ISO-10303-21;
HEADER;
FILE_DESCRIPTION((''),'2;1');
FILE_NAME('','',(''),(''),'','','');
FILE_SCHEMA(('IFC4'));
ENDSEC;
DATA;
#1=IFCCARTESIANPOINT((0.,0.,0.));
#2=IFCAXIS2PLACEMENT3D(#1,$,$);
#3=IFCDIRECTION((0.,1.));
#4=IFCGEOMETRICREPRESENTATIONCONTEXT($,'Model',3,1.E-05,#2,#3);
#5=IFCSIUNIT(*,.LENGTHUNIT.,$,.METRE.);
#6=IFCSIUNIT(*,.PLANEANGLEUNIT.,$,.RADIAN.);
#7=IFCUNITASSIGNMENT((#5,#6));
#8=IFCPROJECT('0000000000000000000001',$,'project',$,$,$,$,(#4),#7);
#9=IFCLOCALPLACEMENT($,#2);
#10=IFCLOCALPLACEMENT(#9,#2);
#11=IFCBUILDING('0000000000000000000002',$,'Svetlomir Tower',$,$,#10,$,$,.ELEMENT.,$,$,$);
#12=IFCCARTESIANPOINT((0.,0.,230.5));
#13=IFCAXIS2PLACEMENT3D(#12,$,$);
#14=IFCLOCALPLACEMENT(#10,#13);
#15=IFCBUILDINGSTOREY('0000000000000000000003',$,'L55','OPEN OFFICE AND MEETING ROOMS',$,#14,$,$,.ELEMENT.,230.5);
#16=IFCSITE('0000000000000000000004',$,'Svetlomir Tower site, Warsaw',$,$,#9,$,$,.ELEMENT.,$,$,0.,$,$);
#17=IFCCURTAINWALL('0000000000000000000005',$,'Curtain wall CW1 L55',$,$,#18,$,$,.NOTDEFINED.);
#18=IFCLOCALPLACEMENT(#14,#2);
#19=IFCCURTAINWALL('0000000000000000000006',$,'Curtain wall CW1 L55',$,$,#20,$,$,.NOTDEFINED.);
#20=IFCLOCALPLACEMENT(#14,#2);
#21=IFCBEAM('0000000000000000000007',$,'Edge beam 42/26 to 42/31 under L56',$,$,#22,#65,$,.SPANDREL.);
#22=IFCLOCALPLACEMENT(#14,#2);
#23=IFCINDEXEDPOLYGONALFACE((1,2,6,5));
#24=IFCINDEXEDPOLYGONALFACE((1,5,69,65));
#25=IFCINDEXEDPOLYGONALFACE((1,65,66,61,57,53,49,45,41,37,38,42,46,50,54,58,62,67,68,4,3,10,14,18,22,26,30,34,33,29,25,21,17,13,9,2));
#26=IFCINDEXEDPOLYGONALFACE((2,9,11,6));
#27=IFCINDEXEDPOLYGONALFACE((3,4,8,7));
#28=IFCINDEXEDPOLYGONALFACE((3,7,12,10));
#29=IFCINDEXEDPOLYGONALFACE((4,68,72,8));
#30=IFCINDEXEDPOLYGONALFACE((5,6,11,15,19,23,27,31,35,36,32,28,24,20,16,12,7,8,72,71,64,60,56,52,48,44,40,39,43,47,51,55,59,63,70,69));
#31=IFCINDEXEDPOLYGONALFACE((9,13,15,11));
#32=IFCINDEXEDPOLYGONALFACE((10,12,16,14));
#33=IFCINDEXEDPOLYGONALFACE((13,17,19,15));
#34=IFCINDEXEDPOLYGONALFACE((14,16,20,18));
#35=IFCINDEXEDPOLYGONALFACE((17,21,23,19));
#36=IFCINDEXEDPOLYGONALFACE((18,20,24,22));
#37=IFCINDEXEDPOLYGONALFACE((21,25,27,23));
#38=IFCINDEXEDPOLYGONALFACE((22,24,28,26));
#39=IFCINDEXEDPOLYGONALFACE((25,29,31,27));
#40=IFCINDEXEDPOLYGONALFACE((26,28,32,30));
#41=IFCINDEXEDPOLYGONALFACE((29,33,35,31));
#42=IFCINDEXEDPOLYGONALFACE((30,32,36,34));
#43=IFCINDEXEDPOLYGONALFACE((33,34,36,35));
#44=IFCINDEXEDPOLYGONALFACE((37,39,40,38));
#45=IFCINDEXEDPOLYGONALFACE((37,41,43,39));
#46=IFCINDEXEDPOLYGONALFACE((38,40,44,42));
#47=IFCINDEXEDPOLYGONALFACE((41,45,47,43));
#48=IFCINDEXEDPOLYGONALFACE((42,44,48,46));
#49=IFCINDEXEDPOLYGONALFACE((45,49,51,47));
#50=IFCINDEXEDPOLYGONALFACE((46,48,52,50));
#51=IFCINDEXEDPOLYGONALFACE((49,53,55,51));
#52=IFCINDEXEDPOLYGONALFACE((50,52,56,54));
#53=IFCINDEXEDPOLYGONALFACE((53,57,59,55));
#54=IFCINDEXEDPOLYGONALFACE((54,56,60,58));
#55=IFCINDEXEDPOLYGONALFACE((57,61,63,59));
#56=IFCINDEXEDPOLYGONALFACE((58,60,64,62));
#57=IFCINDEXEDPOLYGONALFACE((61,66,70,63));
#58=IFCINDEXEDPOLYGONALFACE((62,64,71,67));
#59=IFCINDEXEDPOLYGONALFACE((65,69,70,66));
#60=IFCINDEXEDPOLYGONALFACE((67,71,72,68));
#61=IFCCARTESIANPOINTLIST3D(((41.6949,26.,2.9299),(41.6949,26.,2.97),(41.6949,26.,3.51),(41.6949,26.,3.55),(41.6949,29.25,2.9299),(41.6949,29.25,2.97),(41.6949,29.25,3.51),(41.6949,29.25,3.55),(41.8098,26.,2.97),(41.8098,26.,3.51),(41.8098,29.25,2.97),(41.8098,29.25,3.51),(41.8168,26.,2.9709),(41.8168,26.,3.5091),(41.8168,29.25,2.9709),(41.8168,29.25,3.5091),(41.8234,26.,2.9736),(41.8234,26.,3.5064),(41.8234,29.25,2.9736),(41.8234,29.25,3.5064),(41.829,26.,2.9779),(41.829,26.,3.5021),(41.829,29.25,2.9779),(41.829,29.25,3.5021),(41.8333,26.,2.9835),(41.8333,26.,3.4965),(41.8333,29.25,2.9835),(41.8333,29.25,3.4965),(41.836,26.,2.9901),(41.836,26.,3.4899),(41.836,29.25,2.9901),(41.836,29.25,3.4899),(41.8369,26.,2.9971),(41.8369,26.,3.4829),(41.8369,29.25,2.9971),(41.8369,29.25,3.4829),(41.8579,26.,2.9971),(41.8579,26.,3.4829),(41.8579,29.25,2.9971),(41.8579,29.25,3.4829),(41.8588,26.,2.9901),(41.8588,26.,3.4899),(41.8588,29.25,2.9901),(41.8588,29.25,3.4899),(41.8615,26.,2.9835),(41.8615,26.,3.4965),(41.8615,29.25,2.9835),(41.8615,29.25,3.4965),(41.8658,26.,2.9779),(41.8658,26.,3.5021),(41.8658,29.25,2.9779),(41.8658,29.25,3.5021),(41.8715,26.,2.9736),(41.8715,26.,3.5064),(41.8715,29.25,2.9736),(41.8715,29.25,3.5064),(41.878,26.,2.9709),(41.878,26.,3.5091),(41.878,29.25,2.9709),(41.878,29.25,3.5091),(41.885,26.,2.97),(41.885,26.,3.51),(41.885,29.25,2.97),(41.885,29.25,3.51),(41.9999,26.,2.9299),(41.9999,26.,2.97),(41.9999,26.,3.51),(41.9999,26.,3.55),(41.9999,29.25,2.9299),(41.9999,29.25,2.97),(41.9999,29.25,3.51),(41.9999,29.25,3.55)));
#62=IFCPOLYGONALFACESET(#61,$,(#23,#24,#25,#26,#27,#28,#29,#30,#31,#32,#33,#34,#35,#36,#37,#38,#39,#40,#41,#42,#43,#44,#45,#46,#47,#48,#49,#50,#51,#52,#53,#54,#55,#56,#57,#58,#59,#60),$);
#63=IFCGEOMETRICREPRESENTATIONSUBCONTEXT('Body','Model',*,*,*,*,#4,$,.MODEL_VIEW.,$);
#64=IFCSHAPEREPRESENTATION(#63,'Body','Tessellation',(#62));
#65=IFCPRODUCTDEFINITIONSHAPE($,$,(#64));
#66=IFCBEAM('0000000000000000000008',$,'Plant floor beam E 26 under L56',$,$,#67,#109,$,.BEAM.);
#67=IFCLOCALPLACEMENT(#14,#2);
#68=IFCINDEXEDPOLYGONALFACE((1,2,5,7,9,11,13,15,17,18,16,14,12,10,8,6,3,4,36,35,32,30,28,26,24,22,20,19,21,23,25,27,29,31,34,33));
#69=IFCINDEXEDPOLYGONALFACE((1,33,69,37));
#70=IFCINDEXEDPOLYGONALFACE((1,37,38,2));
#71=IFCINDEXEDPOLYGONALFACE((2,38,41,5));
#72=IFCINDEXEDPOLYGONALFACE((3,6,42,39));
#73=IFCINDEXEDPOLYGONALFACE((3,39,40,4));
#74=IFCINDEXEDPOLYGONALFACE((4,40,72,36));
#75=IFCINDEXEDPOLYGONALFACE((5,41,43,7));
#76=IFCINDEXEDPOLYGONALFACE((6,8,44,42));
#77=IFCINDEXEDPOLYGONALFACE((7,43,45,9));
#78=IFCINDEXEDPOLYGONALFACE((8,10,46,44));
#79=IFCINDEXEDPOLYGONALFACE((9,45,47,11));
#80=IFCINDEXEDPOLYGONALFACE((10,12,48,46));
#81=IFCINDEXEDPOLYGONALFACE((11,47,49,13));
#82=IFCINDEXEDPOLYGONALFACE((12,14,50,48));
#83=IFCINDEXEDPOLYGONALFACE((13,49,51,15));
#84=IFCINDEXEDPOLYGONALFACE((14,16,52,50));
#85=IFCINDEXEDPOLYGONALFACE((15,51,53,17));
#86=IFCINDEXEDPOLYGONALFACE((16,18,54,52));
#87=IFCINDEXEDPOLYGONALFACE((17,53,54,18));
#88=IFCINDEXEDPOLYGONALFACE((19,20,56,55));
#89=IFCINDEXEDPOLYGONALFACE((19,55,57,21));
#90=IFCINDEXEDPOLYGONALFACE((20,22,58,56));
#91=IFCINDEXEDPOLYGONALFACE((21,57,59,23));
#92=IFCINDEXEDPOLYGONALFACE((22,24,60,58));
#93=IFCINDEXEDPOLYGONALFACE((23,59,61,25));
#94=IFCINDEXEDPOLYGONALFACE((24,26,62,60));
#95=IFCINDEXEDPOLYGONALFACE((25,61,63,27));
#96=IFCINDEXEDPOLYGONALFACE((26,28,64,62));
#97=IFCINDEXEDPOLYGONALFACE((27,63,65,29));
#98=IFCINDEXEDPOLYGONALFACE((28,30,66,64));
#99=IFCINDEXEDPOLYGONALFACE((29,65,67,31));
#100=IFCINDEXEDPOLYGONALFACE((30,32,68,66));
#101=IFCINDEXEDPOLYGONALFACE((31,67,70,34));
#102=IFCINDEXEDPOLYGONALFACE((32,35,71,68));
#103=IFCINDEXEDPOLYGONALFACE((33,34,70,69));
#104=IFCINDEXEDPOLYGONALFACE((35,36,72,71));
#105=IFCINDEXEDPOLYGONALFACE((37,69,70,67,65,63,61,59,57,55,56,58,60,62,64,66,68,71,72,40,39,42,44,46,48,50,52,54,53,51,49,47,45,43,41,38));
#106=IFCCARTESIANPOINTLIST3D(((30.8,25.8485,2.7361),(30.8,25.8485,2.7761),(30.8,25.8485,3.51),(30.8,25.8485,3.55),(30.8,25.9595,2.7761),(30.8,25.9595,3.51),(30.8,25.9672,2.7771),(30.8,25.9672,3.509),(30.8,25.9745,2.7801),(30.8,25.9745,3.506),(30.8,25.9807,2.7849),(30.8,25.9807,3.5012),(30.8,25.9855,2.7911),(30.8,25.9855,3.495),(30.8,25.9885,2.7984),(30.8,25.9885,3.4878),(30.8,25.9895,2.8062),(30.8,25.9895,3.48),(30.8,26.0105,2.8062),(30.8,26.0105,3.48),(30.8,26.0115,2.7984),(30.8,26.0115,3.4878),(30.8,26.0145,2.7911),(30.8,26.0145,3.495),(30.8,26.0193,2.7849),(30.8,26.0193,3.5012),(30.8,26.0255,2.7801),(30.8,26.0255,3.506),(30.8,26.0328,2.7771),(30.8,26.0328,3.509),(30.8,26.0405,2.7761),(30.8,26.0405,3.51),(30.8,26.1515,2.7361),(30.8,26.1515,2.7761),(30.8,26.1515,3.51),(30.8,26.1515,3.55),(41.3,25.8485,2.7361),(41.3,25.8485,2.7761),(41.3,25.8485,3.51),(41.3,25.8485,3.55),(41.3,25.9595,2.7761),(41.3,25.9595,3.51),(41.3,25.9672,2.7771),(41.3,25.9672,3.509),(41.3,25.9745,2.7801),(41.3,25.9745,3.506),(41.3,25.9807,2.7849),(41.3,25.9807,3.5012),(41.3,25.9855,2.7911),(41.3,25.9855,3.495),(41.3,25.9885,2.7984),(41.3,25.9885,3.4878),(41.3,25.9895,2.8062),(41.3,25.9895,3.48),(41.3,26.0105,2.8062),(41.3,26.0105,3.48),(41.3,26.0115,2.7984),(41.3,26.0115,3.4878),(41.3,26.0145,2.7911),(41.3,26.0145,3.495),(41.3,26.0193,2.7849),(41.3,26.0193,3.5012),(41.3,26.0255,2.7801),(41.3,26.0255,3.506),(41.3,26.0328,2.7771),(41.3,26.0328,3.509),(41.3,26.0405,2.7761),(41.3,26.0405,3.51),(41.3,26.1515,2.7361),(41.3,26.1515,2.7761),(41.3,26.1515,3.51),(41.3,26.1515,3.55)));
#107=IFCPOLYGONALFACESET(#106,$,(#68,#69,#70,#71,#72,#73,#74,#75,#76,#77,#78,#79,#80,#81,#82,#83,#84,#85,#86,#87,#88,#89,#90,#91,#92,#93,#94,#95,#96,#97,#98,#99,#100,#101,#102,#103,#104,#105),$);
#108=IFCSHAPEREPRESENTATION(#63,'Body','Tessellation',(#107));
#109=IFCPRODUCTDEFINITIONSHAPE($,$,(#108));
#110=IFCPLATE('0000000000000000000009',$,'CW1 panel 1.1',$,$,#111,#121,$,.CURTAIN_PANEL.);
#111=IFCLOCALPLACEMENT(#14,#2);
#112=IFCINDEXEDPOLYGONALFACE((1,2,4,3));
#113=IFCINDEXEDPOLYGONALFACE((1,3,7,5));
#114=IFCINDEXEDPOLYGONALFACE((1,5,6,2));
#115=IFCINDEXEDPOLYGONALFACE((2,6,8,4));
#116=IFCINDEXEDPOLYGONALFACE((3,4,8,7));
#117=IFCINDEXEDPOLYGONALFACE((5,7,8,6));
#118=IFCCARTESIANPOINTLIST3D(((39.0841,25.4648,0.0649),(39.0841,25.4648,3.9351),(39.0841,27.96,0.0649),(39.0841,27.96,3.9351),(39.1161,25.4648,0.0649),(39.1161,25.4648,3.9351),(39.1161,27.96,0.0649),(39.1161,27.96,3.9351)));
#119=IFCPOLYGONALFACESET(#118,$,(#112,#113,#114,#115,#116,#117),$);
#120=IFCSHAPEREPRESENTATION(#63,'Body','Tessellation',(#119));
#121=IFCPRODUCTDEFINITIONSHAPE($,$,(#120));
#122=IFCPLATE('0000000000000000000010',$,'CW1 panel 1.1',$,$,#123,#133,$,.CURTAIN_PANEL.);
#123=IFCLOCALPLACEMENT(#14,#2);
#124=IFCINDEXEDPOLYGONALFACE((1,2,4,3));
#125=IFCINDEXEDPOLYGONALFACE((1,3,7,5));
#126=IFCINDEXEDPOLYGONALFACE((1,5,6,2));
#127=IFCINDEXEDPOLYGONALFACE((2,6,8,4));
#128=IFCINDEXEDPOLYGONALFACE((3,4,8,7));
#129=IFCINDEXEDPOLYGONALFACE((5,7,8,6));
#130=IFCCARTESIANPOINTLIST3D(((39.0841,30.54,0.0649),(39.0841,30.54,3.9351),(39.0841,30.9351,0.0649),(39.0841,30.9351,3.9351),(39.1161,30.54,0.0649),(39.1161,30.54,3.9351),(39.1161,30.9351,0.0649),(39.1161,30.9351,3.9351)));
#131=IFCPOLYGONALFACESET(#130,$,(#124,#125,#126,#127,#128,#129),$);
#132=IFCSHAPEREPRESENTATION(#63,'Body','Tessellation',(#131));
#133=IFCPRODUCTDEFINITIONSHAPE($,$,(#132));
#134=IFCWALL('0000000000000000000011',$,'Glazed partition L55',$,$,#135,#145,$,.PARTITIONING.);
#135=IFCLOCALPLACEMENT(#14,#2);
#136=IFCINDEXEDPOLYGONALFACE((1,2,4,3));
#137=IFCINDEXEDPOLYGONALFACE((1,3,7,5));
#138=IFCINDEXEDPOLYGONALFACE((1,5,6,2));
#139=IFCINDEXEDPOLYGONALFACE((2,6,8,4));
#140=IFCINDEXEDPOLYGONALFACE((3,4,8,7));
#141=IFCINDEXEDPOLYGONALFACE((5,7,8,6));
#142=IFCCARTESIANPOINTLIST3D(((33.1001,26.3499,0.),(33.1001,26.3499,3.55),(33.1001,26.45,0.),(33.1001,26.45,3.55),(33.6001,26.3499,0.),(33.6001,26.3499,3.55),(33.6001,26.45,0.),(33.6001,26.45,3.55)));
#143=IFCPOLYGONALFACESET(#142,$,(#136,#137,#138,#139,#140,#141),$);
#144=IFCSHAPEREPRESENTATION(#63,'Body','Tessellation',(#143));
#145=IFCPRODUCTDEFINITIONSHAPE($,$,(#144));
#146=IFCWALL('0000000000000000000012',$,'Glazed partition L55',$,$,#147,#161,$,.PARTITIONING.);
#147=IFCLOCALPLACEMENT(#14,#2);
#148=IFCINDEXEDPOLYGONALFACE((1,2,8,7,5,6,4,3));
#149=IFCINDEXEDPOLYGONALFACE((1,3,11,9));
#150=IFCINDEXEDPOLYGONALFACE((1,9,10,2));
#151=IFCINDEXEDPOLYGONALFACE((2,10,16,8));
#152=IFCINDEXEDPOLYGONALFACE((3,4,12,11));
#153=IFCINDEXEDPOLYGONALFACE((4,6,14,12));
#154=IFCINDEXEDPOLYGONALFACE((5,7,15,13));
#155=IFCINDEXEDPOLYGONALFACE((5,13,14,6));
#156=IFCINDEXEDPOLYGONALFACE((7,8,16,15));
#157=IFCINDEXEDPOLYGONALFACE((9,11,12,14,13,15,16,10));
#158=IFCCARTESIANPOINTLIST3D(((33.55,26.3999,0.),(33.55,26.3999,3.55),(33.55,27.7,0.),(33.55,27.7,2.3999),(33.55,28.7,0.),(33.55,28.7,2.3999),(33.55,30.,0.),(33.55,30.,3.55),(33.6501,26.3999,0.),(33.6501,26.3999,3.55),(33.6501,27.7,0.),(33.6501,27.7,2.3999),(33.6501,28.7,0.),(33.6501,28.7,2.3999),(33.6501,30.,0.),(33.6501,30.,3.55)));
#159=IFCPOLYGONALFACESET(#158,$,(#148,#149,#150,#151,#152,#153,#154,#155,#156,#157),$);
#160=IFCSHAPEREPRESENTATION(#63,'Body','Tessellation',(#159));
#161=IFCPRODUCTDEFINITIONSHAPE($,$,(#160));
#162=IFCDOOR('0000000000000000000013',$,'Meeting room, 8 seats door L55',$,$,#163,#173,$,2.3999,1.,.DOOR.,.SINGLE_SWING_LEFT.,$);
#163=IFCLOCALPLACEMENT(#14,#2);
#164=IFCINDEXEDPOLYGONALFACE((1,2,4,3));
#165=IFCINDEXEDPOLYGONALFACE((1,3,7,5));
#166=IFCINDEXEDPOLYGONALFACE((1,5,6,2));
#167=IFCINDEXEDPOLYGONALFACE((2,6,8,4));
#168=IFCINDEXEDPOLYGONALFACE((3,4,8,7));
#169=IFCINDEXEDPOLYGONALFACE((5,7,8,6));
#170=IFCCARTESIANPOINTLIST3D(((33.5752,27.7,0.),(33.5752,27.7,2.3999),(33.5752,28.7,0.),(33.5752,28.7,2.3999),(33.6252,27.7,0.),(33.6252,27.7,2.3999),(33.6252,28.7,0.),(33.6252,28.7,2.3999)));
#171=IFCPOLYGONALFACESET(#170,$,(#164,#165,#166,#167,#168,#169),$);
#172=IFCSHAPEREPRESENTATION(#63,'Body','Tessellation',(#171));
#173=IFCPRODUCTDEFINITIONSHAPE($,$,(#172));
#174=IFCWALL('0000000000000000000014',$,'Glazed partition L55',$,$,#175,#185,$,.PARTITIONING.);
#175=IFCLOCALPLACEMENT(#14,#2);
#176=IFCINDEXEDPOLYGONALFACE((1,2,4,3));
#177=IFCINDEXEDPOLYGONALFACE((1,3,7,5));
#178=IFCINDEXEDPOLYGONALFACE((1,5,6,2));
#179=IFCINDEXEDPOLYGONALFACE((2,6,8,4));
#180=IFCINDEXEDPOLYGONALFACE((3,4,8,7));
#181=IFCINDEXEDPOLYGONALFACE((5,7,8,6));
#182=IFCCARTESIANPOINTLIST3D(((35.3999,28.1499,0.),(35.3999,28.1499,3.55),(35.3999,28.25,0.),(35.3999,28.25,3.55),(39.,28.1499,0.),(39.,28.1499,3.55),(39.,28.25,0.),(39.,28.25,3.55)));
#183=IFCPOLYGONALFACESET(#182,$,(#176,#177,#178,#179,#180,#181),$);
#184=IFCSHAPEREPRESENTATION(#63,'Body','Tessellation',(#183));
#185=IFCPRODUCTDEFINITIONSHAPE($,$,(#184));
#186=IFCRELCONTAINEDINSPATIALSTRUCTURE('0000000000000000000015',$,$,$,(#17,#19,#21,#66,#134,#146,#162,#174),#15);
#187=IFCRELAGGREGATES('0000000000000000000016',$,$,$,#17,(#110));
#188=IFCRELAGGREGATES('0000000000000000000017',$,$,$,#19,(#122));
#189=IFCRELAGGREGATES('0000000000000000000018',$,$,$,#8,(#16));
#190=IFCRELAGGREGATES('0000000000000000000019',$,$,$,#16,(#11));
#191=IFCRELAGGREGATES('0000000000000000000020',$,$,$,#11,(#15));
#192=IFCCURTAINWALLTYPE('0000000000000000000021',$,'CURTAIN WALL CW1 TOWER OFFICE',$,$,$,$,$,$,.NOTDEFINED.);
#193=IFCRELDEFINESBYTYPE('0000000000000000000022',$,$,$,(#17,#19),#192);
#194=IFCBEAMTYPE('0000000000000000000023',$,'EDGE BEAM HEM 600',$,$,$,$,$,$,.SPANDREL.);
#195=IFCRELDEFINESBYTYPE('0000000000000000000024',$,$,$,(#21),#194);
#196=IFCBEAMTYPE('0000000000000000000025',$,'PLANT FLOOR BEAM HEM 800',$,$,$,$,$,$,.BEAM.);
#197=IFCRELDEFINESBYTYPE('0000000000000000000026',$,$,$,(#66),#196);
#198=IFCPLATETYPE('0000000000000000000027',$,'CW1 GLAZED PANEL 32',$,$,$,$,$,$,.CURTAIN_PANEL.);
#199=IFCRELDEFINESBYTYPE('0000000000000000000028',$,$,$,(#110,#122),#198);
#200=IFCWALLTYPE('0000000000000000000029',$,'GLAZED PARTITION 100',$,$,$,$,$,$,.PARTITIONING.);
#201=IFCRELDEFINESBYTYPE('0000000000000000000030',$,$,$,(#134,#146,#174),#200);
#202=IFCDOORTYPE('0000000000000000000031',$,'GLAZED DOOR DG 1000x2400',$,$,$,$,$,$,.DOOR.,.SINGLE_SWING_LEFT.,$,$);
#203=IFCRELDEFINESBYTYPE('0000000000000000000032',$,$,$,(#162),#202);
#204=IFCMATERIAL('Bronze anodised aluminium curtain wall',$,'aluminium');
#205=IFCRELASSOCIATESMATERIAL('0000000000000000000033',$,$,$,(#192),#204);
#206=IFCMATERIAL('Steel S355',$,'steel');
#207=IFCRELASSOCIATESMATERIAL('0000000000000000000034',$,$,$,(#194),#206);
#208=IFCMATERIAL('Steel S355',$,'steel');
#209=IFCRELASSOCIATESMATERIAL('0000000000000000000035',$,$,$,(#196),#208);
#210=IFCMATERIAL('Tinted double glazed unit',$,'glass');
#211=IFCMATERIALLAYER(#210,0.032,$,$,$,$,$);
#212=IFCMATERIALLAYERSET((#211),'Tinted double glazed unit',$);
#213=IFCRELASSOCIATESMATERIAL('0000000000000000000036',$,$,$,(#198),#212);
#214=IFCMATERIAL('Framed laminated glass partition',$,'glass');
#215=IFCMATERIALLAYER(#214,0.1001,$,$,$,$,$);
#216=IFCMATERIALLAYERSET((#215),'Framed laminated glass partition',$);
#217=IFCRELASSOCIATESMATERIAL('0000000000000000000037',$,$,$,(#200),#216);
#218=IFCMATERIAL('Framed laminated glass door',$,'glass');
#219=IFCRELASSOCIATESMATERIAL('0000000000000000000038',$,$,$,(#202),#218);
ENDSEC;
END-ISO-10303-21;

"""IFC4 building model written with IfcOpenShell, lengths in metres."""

from ifc_helpers import new_model, si_unit, direction, frame, frame_2d, origin, origin_2d, place, context, subcontext, project, spatial, rectangle, i_section, extrude, material, layer, layer_set, material_profile, profile_set, type_object, element, fill, aggregate, save


model = new_model("IFC4")

# Units and contexts
model_context = context("Model", 3, precision=1e-05, world=origin(), true_north=direction((0.0, 1.0)))
body_context = subcontext(model_context, "Body", "Model", "MODEL_VIEW")
ifc_project = project(units=[si_unit("LENGTHUNIT", "METRE"), si_unit("PLANEANGLEUNIT", "RADIAN")], contexts=[model_context])

# Site, building, storey
site_placement = place(None, origin())
site = spatial("IfcSite", under=ifc_project, at=site_placement, Name="Svetlomir Tower site, Warsaw", CompositionType="ELEMENT", RefElevation=0.0)
building_placement = place(site_placement, origin())
building = spatial("IfcBuilding", under=site, at=building_placement, Name="Svetlomir Tower", CompositionType="ELEMENT")
storey_placement = place(building_placement, frame((0.0, 0.0, 230.5)))
storey = spatial("IfcBuildingStorey", under=building, at=storey_placement, Name="L55", Description="OPEN OFFICE AND MEETING ROOMS", CompositionType="ELEMENT", Elevation=230.5)

# Shared definitions
ifc_material_1 = material(Name="Bronze anodised aluminium curtain wall", Category="aluminium")
curtain_wall_type = type_object("IfcCurtainWallType", Name="CURTAIN WALL CW1 TOWER OFFICE", PredefinedType="NOTDEFINED", material=ifc_material_1)

# Curtain walls
curtain_wall_1_placement = place(storey_placement, origin())
curtain_wall_1 = element("IfcCurtainWall", 1, at=curtain_wall_1_placement, inside=storey, type_object=curtain_wall_type, Name="Curtain wall CW1 L55", PredefinedType="NOTDEFINED")
curtain_wall_2_placement = place(storey_placement, origin())
curtain_wall_2 = element("IfcCurtainWall", 2, at=curtain_wall_2_placement, inside=storey, type_object=curtain_wall_type, Name="Curtain wall CW1 L55", PredefinedType="NOTDEFINED")

# Beams
ifc_material_2 = material(Name="Steel S355", Category="steel")
ifc_material_profile_1 = material_profile(ifc_material_2, i_section(OverallWidth=0.3049, OverallDepth=0.6201, WebThickness=0.021, FlangeThickness=0.04, FilletRadius=0.0271, at=origin_2d()), Name="HEM 600")
ifc_profile_set_1 = profile_set([ifc_material_profile_1], Name="Steel S355")
beam_type_1 = type_object("IfcBeamType", Name="EDGE BEAM HEM 600", PredefinedType="SPANDREL", material=ifc_profile_set_1)
beam_1_placement = place(storey_placement, frame((41.8474, 26.0, 3.24), z_axis=(0.0, 1.0, 0.0), x_axis=(-1.0, 0.0, 0.0)))
element("IfcBeam", 3, at=beam_1_placement, inside=storey, type_object=beam_type_1, Name="Edge beam 42/26 to 42/31 under L56", PredefinedType="SPANDREL", context=body_context, shape_type="SweptSolid", body=[
    extrude(i_section(OverallWidth=0.3049, OverallDepth=0.6201, WebThickness=0.021, FlangeThickness=0.04, FilletRadius=0.0271, at=origin_2d()), origin(), (0.0, 0.0, 1.0), 3.25),
])
ifc_material_3 = material(Name="Steel S355", Category="steel")
ifc_material_profile_2 = material_profile(ifc_material_3, i_section(OverallWidth=0.303, OverallDepth=0.814, WebThickness=0.021, FlangeThickness=0.04, FilletRadius=0.03, at=origin_2d()), Name="HEM 800")
ifc_profile_set_2 = profile_set([ifc_material_profile_2], Name="Steel S355")
beam_type_2 = type_object("IfcBeamType", Name="PLANT FLOOR BEAM HEM 800", PredefinedType="BEAM", material=ifc_profile_set_2)
beam_2_placement = place(storey_placement, frame((41.3, 26.0, 3.1431), z_axis=(-1.0, 0.0, 0.0), x_axis=(0.0, -1.0, 0.0)))
element("IfcBeam", 4, at=beam_2_placement, inside=storey, type_object=beam_type_2, Name="Plant floor beam E 26 under L56", PredefinedType="BEAM", context=body_context, shape_type="SweptSolid", body=[
    extrude(i_section(OverallWidth=0.303, OverallDepth=0.814, WebThickness=0.021, FlangeThickness=0.04, FilletRadius=0.03, at=origin_2d()), origin(), (0.0, 0.0, 1.0), 10.5),
])

# Plates
ifc_material_4 = material(Name="Tinted double glazed unit", Category="glass")
ifc_layer_1 = layer(ifc_material_4, 0.032)
ifc_layer_set_1 = layer_set([ifc_layer_1], Name="Tinted double glazed unit")
plate_type = type_object("IfcPlateType", Name="CW1 GLAZED PANEL 32", PredefinedType="CURTAIN_PANEL", material=ifc_layer_set_1)
plate_1_placement = place(storey_placement, frame((39.1001, 26.7124, 0.0649), z_axis=(0.0, 0.0, 1.0), x_axis=(0.0, 1.0, 0.0)))
plate_1 = element("IfcPlate", 5, at=plate_1_placement, type_object=plate_type, Name="CW1 panel 1.1", PredefinedType="CURTAIN_PANEL", context=body_context, shape_type="SweptSolid", body=[
    extrude(rectangle(XDim=2.4951, YDim=0.032, at=origin_2d()), origin(), (0.0, 0.0, 1.0), 3.8701),
])
aggregate(curtain_wall_1, [plate_1])
plate_2_placement = place(storey_placement, frame((39.1001, 30.7375, 0.0649), z_axis=(0.0, 0.0, 1.0), x_axis=(0.0, 1.0, 0.0)))
plate_2 = element("IfcPlate", 6, at=plate_2_placement, type_object=plate_type, Name="CW1 panel 1.1", PredefinedType="CURTAIN_PANEL", context=body_context, shape_type="SweptSolid", body=[
    extrude(rectangle(XDim=0.395, YDim=0.032, at=origin_2d()), origin(), (0.0, 0.0, 1.0), 3.8701),
])
aggregate(curtain_wall_2, [plate_2])

# Wall
ifc_material_5 = material(Name="Framed laminated glass partition", Category="glass")
ifc_layer_2 = layer(ifc_material_5, 0.1001)
ifc_layer_set_2 = layer_set([ifc_layer_2], Name="Framed laminated glass partition")
wall_type_1 = type_object("IfcWallType", Name="GLAZED PARTITION 100", PredefinedType="PARTITIONING", material=ifc_layer_set_2)
wall_1_placement = place(storey_placement, frame((33.1001, 26.3999, 0.0), z_axis=(0.0, 0.0, 1.0), x_axis=(1.0, 0.0, 0.0)))
element("IfcWall", 7, at=wall_1_placement, inside=storey, type_object=wall_type_1, Name="Glazed partition L55", PredefinedType="PARTITIONING", context=body_context, shape_type="SweptSolid", body=[
    extrude(rectangle(XDim=0.5, YDim=0.1001, at=frame_2d((0.25, 0.0))), origin(), (0.0, 0.0, 1.0), 3.55),
])

# Wall, opening, door
wall_2_placement = place(storey_placement, frame((33.6001, 26.3999, 0.0), z_axis=(0.0, 0.0, 1.0), x_axis=(0.0, 1.0, 0.0)))
wall_2 = element("IfcWall", 8, at=wall_2_placement, inside=storey, type_object=wall_type_1, Name="Glazed partition L55", PredefinedType="PARTITIONING", context=body_context, shape_type="SweptSolid", body=[
    extrude(rectangle(XDim=3.6001, YDim=0.1001, at=frame_2d((1.8, 0.0))), origin(), (0.0, 0.0, 1.0), 3.55),
])
opening_1_placement = place(wall_2_placement, frame((1.3, 0.0, 0.0)))
opening_1 = element("IfcOpeningElement", 9, at=opening_1_placement, cuts=wall_2, PredefinedType="OPENING", context=body_context, shape_type="SweptSolid", body=[
    extrude(rectangle(XDim=1.0, YDim=2.3999, at=frame_2d((0.5, 1.2))), frame((0.0, 0.0601, 0.0), z_axis=(0.0, -1.0, 0.0), x_axis=(1.0, 0.0, 0.0)), (0.0, 0.0, 1.0), 0.1201),
])
ifc_material_6 = material(Name="Framed laminated glass door", Category="glass")
door_type_1 = type_object("IfcDoorType", Name="GLAZED DOOR DG 1000x2400", OperationType="SINGLE_SWING_LEFT", PredefinedType="DOOR", material=ifc_material_6)
door_1_placement = place(opening_1_placement, origin())
door_1 = element("IfcDoor", 10, at=door_1_placement, inside=storey, type_object=door_type_1, Name="Meeting room, 8 seats door L55", OperationType="SINGLE_SWING_LEFT", OverallHeight=2.3999, OverallWidth=1.0, PredefinedType="DOOR", context=body_context, shape_type="SweptSolid", body=[
    extrude(rectangle(XDim=1.0, YDim=2.3999, at=frame_2d((0.5, 1.2))), frame((0.0, 0.0249, 0.0), z_axis=(0.0, -1.0, 0.0), x_axis=(1.0, 0.0, 0.0)), (0.0, 0.0, 1.0), 0.05),
])
fill(opening_1, door_1)

# Wall
wall_3_placement = place(storey_placement, frame((35.3999, 28.2, 0.0), z_axis=(0.0, 0.0, 1.0), x_axis=(1.0, 0.0, 0.0)))
element("IfcWall", 11, at=wall_3_placement, inside=storey, type_object=wall_type_1, Name="Glazed partition L55", PredefinedType="PARTITIONING", context=body_context, shape_type="SweptSolid", body=[
    extrude(rectangle(XDim=3.6001, YDim=0.1001, at=frame_2d((1.8, 0.0))), origin(), (0.0, 0.0, 1.0), 3.55),
])

save(model, "model.ifc")
